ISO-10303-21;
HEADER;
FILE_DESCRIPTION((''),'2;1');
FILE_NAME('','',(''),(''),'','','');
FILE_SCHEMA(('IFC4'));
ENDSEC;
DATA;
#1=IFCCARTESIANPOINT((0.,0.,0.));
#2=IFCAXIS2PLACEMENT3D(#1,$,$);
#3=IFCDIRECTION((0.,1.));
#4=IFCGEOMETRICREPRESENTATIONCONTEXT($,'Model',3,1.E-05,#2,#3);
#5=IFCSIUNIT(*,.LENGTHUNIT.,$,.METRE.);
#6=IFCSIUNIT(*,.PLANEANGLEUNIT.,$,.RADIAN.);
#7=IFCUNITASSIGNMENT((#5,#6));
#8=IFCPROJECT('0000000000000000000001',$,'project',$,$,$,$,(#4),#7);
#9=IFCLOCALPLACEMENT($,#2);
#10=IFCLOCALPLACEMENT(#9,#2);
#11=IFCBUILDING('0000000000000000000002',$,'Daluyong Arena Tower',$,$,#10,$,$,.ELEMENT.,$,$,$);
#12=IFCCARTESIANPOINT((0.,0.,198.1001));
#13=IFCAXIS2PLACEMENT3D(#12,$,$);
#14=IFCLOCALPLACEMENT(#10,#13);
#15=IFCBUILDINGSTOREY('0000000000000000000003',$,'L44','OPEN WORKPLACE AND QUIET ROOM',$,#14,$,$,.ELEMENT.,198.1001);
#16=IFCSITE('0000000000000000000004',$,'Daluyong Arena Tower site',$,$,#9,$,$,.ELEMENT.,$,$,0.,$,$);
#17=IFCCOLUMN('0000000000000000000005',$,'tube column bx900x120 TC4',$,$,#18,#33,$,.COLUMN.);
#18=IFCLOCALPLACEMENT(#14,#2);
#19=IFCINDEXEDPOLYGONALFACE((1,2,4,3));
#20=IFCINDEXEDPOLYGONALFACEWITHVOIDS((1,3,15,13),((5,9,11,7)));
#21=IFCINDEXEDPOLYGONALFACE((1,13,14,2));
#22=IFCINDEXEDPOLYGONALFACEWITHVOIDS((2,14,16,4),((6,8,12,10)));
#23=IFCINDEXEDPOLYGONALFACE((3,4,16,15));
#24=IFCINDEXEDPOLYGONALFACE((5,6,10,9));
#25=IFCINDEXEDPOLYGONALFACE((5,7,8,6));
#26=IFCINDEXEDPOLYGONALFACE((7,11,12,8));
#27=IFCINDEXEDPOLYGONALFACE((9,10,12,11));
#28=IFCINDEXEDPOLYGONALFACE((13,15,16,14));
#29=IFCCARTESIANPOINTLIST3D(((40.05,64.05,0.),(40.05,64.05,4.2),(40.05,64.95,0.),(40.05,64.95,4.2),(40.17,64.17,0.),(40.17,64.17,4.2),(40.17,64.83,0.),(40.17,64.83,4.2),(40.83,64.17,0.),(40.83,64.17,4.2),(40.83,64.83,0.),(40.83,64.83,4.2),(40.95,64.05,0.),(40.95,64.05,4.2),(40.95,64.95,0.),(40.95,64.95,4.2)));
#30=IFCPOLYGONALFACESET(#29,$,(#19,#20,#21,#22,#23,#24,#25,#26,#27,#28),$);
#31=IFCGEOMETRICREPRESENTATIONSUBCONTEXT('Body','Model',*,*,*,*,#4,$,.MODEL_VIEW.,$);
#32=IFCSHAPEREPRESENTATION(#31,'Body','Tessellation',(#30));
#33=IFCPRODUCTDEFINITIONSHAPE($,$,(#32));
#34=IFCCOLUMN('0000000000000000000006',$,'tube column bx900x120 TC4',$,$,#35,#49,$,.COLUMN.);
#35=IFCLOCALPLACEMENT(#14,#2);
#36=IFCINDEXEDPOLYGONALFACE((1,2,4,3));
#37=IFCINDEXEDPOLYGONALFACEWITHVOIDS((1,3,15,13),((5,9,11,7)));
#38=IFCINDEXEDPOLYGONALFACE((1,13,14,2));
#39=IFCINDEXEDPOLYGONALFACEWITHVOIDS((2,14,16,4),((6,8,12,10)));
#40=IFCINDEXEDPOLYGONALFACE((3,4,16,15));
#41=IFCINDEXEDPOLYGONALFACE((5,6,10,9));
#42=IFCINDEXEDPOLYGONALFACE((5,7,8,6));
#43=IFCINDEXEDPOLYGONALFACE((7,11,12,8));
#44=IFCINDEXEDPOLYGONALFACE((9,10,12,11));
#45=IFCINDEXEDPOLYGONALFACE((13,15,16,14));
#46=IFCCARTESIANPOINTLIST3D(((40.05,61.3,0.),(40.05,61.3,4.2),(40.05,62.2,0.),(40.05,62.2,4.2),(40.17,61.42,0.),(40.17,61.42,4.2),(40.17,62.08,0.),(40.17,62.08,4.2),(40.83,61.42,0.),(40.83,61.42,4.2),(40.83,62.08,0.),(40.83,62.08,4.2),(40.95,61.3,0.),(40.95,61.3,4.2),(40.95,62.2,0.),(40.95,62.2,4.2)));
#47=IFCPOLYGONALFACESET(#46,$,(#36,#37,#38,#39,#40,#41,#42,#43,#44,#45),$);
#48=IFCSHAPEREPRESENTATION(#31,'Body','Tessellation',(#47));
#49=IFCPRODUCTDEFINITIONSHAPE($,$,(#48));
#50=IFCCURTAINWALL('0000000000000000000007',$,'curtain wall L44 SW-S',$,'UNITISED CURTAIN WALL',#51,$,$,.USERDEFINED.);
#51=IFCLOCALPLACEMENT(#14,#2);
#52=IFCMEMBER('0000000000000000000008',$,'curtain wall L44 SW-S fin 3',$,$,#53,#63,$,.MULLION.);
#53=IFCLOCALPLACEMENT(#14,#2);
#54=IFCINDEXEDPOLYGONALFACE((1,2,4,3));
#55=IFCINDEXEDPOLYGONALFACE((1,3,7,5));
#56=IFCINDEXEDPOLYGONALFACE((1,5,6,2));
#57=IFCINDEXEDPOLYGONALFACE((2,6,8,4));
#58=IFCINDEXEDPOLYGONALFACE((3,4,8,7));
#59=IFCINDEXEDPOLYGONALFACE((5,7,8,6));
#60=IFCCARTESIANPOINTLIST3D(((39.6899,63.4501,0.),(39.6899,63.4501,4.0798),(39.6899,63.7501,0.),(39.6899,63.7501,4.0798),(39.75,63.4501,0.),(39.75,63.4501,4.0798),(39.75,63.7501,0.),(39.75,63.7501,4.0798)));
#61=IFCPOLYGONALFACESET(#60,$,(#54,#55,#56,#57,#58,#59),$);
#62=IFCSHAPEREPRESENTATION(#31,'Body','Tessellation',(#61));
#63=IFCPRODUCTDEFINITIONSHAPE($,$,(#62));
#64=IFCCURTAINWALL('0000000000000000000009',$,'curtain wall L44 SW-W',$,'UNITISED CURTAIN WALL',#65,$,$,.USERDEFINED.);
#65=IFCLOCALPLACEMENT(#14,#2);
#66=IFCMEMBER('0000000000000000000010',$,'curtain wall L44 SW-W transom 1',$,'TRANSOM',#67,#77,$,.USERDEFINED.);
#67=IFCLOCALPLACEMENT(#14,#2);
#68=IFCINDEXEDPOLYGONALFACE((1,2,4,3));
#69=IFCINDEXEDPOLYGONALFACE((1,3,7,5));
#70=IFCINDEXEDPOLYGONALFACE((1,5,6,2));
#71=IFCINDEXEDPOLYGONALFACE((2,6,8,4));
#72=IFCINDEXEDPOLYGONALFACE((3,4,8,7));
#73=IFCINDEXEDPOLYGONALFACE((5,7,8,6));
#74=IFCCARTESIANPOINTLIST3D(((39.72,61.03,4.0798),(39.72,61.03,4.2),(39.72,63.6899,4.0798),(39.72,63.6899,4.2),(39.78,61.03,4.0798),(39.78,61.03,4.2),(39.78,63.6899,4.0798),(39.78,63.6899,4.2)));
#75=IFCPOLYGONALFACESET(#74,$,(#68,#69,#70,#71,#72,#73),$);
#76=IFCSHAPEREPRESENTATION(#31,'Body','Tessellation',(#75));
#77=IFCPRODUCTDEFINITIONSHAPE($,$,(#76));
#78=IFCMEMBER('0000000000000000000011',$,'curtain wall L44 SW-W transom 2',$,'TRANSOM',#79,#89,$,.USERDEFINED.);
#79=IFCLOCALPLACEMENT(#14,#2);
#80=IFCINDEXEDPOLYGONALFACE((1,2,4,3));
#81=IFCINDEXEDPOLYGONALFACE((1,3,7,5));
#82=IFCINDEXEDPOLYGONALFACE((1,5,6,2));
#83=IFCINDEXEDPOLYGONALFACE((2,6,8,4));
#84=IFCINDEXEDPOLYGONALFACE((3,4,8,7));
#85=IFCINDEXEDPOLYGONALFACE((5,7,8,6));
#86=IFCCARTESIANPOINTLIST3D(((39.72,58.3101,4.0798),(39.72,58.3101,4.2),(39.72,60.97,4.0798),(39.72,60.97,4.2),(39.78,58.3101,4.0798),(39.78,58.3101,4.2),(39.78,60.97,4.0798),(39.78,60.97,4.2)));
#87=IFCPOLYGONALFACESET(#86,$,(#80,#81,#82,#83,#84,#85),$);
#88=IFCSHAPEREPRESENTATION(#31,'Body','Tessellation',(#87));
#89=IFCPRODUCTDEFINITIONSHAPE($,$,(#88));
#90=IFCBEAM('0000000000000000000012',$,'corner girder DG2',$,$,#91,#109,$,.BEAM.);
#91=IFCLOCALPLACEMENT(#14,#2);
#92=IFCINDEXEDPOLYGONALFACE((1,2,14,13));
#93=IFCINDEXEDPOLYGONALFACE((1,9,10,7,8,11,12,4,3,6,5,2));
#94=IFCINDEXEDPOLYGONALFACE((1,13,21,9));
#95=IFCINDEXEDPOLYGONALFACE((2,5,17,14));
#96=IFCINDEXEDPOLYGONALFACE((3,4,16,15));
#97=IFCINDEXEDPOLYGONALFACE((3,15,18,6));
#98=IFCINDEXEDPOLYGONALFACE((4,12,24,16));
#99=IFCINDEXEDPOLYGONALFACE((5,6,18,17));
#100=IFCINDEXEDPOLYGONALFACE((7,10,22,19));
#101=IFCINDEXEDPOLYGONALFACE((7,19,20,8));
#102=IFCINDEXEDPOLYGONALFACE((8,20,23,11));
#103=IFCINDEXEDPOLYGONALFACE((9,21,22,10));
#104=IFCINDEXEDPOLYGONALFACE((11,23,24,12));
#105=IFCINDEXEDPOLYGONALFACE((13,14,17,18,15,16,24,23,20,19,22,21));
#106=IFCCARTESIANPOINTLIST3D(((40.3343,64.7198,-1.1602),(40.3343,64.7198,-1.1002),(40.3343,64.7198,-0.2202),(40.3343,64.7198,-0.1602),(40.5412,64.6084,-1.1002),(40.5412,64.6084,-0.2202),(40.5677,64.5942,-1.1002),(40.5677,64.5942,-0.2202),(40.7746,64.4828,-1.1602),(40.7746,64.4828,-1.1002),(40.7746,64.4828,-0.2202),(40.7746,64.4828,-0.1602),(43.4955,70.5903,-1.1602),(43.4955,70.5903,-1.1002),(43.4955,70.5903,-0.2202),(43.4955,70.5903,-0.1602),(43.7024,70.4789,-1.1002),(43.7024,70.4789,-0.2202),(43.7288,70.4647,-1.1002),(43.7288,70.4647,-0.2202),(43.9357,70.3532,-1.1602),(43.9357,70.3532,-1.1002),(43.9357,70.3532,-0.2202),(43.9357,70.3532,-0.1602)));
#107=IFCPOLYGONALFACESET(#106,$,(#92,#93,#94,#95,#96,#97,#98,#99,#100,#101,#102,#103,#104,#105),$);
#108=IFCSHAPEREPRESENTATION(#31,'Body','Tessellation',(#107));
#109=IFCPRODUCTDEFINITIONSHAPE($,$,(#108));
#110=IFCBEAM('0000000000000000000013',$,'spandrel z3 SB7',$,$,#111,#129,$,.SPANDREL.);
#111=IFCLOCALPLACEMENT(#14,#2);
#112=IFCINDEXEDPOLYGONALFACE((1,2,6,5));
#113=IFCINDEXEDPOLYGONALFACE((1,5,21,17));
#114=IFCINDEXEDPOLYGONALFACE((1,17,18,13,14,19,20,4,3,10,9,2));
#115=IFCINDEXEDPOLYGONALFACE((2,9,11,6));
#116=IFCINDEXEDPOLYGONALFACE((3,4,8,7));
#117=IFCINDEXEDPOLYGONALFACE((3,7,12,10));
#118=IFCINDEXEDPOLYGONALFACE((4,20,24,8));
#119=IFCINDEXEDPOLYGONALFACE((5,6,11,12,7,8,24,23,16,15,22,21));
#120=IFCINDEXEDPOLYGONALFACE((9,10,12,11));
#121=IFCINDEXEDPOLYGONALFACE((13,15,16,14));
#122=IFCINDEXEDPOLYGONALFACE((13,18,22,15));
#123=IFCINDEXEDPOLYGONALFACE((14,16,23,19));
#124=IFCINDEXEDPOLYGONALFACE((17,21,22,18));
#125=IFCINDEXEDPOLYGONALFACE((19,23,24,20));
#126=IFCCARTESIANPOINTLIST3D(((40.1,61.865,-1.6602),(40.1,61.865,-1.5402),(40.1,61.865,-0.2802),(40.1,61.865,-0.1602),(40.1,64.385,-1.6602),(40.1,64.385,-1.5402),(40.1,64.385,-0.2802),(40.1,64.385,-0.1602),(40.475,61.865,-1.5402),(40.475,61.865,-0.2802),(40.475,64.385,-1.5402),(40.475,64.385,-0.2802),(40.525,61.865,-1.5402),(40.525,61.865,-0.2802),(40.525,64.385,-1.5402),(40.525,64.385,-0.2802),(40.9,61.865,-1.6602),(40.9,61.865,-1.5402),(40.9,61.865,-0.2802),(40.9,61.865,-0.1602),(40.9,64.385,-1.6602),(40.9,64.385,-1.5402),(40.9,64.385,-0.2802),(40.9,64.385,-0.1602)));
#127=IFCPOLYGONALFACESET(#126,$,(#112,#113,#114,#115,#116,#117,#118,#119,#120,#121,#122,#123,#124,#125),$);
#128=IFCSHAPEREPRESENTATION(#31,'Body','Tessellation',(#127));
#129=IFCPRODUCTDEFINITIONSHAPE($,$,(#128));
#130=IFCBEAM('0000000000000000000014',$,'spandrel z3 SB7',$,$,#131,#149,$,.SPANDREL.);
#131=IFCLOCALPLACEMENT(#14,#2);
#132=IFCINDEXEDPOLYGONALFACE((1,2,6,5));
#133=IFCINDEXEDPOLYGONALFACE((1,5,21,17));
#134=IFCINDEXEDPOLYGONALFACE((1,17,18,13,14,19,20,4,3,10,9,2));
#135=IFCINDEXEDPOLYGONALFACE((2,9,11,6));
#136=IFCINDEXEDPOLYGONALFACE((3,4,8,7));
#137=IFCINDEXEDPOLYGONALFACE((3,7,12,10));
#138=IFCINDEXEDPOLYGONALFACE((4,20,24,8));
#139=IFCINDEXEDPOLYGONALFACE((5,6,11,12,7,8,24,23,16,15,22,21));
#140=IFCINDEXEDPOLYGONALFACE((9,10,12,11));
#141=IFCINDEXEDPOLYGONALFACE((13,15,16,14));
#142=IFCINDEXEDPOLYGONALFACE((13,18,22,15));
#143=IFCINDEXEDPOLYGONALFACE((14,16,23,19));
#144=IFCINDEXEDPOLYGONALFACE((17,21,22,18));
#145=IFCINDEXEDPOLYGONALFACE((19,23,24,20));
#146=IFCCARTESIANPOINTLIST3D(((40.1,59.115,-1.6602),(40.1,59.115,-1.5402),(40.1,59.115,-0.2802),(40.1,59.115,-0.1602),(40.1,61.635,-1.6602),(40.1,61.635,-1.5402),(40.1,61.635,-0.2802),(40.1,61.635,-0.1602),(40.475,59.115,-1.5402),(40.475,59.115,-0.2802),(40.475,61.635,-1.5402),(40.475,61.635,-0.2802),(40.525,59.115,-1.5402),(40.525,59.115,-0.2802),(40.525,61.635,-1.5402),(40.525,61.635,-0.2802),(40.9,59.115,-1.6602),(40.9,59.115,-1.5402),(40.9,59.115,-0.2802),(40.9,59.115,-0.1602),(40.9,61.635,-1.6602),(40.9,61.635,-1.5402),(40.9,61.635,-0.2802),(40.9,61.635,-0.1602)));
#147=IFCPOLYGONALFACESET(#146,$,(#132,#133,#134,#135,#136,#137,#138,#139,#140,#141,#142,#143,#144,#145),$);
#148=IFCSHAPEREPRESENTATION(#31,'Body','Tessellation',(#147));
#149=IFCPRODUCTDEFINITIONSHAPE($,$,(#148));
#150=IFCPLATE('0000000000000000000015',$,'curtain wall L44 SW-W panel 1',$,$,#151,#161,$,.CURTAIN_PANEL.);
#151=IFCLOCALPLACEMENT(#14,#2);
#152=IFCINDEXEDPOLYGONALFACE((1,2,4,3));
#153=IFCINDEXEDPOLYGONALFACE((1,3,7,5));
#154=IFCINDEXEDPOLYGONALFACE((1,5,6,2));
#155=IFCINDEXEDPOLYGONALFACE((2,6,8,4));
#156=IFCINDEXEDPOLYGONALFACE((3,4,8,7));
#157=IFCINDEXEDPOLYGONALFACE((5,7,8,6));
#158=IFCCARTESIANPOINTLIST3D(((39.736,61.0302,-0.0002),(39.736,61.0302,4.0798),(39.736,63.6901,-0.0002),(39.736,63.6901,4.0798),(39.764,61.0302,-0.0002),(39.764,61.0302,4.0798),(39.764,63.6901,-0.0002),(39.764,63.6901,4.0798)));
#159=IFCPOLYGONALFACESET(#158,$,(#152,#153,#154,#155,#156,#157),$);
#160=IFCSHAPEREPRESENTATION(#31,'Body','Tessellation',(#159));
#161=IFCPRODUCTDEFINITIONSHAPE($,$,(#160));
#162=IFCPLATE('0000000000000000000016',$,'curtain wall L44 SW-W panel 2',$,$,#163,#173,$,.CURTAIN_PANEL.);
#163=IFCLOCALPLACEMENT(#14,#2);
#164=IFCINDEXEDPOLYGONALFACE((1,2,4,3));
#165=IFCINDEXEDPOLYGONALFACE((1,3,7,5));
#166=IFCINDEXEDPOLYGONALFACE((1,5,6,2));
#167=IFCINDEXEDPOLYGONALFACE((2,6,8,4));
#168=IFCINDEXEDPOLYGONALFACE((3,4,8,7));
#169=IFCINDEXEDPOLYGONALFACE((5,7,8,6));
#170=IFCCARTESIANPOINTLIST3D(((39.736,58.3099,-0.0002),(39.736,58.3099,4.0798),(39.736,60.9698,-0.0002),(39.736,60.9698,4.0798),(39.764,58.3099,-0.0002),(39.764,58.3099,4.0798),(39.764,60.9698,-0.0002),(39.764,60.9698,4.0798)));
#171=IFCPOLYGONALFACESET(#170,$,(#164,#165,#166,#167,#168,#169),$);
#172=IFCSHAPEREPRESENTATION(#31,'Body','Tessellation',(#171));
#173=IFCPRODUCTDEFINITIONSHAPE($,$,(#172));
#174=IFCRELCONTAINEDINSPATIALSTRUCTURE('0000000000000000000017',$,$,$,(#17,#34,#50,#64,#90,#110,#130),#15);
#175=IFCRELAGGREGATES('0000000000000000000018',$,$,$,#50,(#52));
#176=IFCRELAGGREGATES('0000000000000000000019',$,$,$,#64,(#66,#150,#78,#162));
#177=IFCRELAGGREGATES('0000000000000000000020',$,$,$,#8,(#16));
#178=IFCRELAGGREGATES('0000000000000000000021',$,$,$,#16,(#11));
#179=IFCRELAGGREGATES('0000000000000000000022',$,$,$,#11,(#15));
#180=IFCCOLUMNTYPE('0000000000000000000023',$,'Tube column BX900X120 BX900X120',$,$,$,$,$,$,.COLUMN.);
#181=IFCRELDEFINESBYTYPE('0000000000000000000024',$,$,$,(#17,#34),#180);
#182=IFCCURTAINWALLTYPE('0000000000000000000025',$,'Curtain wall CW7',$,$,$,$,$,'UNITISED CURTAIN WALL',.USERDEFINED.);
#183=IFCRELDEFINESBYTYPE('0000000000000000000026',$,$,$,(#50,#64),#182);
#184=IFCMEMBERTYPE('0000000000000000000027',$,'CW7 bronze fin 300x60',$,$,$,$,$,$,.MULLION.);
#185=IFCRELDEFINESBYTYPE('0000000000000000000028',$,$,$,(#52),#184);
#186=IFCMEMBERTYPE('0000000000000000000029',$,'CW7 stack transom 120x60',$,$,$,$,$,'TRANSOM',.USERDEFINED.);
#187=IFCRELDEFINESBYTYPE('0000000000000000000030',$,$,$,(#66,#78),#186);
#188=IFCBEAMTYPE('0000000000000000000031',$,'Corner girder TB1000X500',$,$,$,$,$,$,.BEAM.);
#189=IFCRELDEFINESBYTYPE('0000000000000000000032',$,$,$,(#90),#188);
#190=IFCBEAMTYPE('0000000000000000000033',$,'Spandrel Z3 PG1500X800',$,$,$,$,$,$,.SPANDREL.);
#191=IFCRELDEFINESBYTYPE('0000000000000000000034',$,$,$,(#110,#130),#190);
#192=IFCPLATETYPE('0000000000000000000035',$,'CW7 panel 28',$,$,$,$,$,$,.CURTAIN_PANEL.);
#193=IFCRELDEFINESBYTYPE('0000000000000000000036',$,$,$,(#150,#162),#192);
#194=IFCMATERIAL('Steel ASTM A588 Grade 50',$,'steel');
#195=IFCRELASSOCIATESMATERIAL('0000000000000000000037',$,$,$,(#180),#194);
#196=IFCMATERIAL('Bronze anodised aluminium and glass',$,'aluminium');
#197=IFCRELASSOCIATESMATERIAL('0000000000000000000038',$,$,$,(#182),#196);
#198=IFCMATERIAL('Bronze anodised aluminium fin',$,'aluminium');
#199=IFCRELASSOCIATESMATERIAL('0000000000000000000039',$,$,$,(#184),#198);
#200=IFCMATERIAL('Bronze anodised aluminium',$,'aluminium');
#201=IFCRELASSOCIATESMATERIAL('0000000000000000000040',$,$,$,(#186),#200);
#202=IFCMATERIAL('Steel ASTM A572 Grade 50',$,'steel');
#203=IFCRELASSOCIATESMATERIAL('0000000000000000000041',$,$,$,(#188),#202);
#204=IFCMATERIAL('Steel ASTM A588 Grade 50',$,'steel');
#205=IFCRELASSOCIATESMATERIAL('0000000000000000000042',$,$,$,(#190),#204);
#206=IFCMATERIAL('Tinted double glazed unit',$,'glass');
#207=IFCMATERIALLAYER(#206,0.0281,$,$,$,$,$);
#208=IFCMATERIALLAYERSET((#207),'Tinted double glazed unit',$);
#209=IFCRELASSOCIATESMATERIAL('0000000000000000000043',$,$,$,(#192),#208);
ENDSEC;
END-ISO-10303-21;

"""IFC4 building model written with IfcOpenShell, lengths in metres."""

from ifc_helpers import new_model, si_unit, direction, frame, origin, origin_2d, place, context, subcontext, project, spatial, rectangle, hollow_rectangle, i_section, extrude, material, layer, layer_set, material_profile, profile_set, type_object, element, aggregate, save


model = new_model("IFC4")

# Units and contexts
model_context = context("Model", 3, precision=1e-05, world=origin(), true_north=direction((0.0, 1.0)))
body_context = subcontext(model_context, "Body", "Model", "MODEL_VIEW")
ifc_project = project(units=[si_unit("LENGTHUNIT", "METRE"), si_unit("PLANEANGLEUNIT", "RADIAN")], contexts=[model_context])

# Site, building, storey
site_placement = place(None, origin())
site = spatial("IfcSite", under=ifc_project, at=site_placement, Name="Daluyong Arena Tower site", CompositionType="ELEMENT", RefElevation=0.0)
building_placement = place(site_placement, origin())
building = spatial("IfcBuilding", under=site, at=building_placement, Name="Daluyong Arena Tower", CompositionType="ELEMENT")
storey_placement = place(building_placement, frame((0.0, 0.0, 198.1001)))
storey = spatial("IfcBuildingStorey", under=building, at=storey_placement, Name="L44", Description="OPEN WORKPLACE AND QUIET ROOM", CompositionType="ELEMENT", Elevation=198.1001)

# Columns
ifc_material_1 = material(Name="Steel ASTM A588 Grade 50", Category="steel")
ifc_material_profile_1 = material_profile(ifc_material_1, hollow_rectangle(XDim=0.8999, YDim=0.8999, WallThickness=0.12, at=origin_2d()))
ifc_profile_set_1 = profile_set([ifc_material_profile_1], Name="Steel ASTM A588 Grade 50")
column_type = type_object("IfcColumnType", Name="Tube column BX900X120 BX900X120", PredefinedType="COLUMN", material=ifc_profile_set_1)
for number, where, z_axis, x_axis, name in (
    (1, (40.5, 64.5, 0.0), (0.0, 0.0, 1.0), (0.0, 1.0, 0.0), "tube column bx900x120 TC4"),
    (2, (40.5, 61.75, 0.0), (0.0, 0.0, 1.0), (0.0, 1.0, 0.0), "tube column bx900x120 TC4"),
):
    element("IfcColumn", number, at=place(storey_placement, frame(where, z_axis=z_axis, x_axis=x_axis)), inside=storey, type_object=column_type, Name=name, PredefinedType="COLUMN", context=body_context, shape_type="SweptSolid", body=[
        extrude(hollow_rectangle(XDim=0.8999, YDim=0.8999, WallThickness=0.12, at=origin_2d()), origin(), (0.0, 0.0, 1.0), 4.2),
    ])

# Curtain wall, member
ifc_material_2 = material(Name="Bronze anodised aluminium and glass", Category="aluminium")
curtain_wall_type = type_object("IfcCurtainWallType", Name="Curtain wall CW7", ElementType="UNITISED CURTAIN WALL", PredefinedType="USERDEFINED", material=ifc_material_2)
curtain_wall_1_placement = place(storey_placement, origin())
curtain_wall_1 = element("IfcCurtainWall", 3, at=curtain_wall_1_placement, inside=storey, type_object=curtain_wall_type, Name="curtain wall L44 SW-S", ObjectType="UNITISED CURTAIN WALL", PredefinedType="USERDEFINED")
ifc_material_3 = material(Name="Bronze anodised aluminium fin", Category="aluminium")
ifc_material_profile_2 = material_profile(ifc_material_3, rectangle(XDim=0.3, YDim=0.0601, at=origin_2d()))
ifc_profile_set_2 = profile_set([ifc_material_profile_2], Name="Bronze anodised aluminium fin")
member_type_1 = type_object("IfcMemberType", Name="CW7 bronze fin 300x60", PredefinedType="MULLION", material=ifc_profile_set_2)
member_1_placement = place(storey_placement, frame((39.72, 63.6001, 0.0), z_axis=(0.0, 0.0, 1.0), x_axis=(0.0, 1.0, 0.0)))
member_1 = element("IfcMember", 4, at=member_1_placement, type_object=member_type_1, Name="curtain wall L44 SW-S fin 3", PredefinedType="MULLION", context=body_context, shape_type="SweptSolid", body=[
    extrude(rectangle(XDim=0.3, YDim=0.0601, at=origin_2d()), origin(), (0.0, 0.0, 1.0), 4.0798),
])
aggregate(curtain_wall_1, [member_1])

# Curtain wall, members
curtain_wall_2_placement = place(storey_placement, origin())
curtain_wall_2 = element("IfcCurtainWall", 5, at=curtain_wall_2_placement, inside=storey, type_object=curtain_wall_type, Name="curtain wall L44 SW-W", ObjectType="UNITISED CURTAIN WALL", PredefinedType="USERDEFINED")
ifc_material_4 = material(Name="Bronze anodised aluminium", Category="aluminium")
ifc_material_profile_3 = material_profile(ifc_material_4, rectangle(XDim=0.0601, YDim=0.1201, at=origin_2d()))
ifc_profile_set_3 = profile_set([ifc_material_profile_3], Name="Bronze anodised aluminium")
member_type_2 = type_object("IfcMemberType", Name="CW7 stack transom 120x60", ElementType="TRANSOM", PredefinedType="USERDEFINED", material=ifc_profile_set_3)
member_2_placement = place(storey_placement, frame((39.75, 63.6899, 4.1399), z_axis=(0.0, -1.0, 0.0), x_axis=(1.0, 0.0, 0.0)))
member_2 = element("IfcMember", 6, at=member_2_placement, type_object=member_type_2, Name="curtain wall L44 SW-W transom 1", ObjectType="TRANSOM", PredefinedType="USERDEFINED", context=body_context, shape_type="SweptSolid", body=[
    extrude(rectangle(XDim=0.0601, YDim=0.1201, at=origin_2d()), origin(), (0.0, 0.0, 1.0), 2.6599),
])
member_3_placement = place(storey_placement, frame((39.75, 60.97, 4.1399), z_axis=(0.0, -1.0, 0.0), x_axis=(1.0, 0.0, 0.0)))
member_3 = element("IfcMember", 7, at=member_3_placement, type_object=member_type_2, Name="curtain wall L44 SW-W transom 2", ObjectType="TRANSOM", PredefinedType="USERDEFINED", context=body_context, shape_type="SweptSolid", body=[
    extrude(rectangle(XDim=0.0601, YDim=0.1201, at=origin_2d()), origin(), (0.0, 0.0, 1.0), 2.6599),
])

# Beams
ifc_material_5 = material(Name="Steel ASTM A572 Grade 50", Category="steel")
ifc_material_profile_4 = material_profile(ifc_material_5, i_section(OverallWidth=0.5, OverallDepth=1.0, WebThickness=0.03, FlangeThickness=0.06, at=origin_2d()))
ifc_profile_set_4 = profile_set([ifc_material_profile_4], Name="Steel ASTM A572 Grade 50")
beam_type_1 = type_object("IfcBeamType", Name="Corner girder TB1000X500", PredefinedType="BEAM", material=ifc_profile_set_4)
beam_placement = place(storey_placement, frame((40.5544, 64.6013, -0.6602), z_axis=(0.474119, 0.880461, 0.0), x_axis=(-0.880461, 0.474119, 0.0)))
element("IfcBeam", 8, at=beam_placement, inside=storey, type_object=beam_type_1, Name="corner girder DG2", PredefinedType="BEAM", context=body_context, shape_type="SweptSolid", body=[
    extrude(i_section(OverallWidth=0.5, OverallDepth=1.0, WebThickness=0.03, FlangeThickness=0.06, at=origin_2d()), origin(), (0.0, 0.0, 1.0), 6.6675),
])
ifc_material_6 = material(Name="Steel ASTM A588 Grade 50", Category="steel")
ifc_material_profile_5 = material_profile(ifc_material_6, i_section(OverallWidth=0.8, OverallDepth=1.5, WebThickness=0.05, FlangeThickness=0.12, at=origin_2d()))
ifc_profile_set_5 = profile_set([ifc_material_profile_5], Name="Steel ASTM A588 Grade 50")
beam_type_2 = type_object("IfcBeamType", Name="Spandrel Z3 PG1500X800", PredefinedType="SPANDREL", material=ifc_profile_set_5)
for number, where, z_axis, x_axis, name in (
    (9, (40.5, 64.385, -0.9102), (0.0, -1.0, 0.0), (1.0, 0.0, 0.0), "spandrel z3 SB7"),
    (10, (40.5, 61.635, -0.9102), (0.0, -1.0, 0.0), (1.0, 0.0, 0.0), "spandrel z3 SB7"),
):
    element("IfcBeam", number, at=place(storey_placement, frame(where, z_axis=z_axis, x_axis=x_axis)), inside=storey, type_object=beam_type_2, Name=name, PredefinedType="SPANDREL", context=body_context, shape_type="SweptSolid", body=[
        extrude(i_section(OverallWidth=0.8, OverallDepth=1.5, WebThickness=0.05, FlangeThickness=0.12, at=origin_2d()), origin(), (0.0, 0.0, 1.0), 2.52),
    ])

# Plates
ifc_material_7 = material(Name="Tinted double glazed unit", Category="glass")
ifc_layer_1 = layer(ifc_material_7, 0.0281)
ifc_layer_set_1 = layer_set([ifc_layer_1], Name="Tinted double glazed unit")
plate_type = type_object("IfcPlateType", Name="CW7 panel 28", PredefinedType="CURTAIN_PANEL", material=ifc_layer_set_1)
plate_1_placement = place(storey_placement, frame((39.75, 62.3601, -0.0002), z_axis=(0.0, 0.0, 1.0), x_axis=(0.0, -1.0, 0.0)))
plate_1 = element("IfcPlate", 11, at=plate_1_placement, type_object=plate_type, Name="curtain wall L44 SW-W panel 1", PredefinedType="CURTAIN_PANEL", context=body_context, shape_type="SweptSolid", body=[
    extrude(rectangle(XDim=2.6599, YDim=0.0281, at=origin_2d()), origin(), (0.0, 0.0, 1.0), 4.0801),
])
plate_2_placement = place(storey_placement, frame((39.75, 59.6399, -0.0002), z_axis=(0.0, 0.0, 1.0), x_axis=(0.0, -1.0, 0.0)))
plate_2 = element("IfcPlate", 12, at=plate_2_placement, type_object=plate_type, Name="curtain wall L44 SW-W panel 2", PredefinedType="CURTAIN_PANEL", context=body_context, shape_type="SweptSolid", body=[
    extrude(rectangle(XDim=2.6599, YDim=0.0281, at=origin_2d()), origin(), (0.0, 0.0, 1.0), 4.0801),
])
aggregate(curtain_wall_2, [member_2, plate_1, member_3, plate_2])

save(model, "model.ifc")
